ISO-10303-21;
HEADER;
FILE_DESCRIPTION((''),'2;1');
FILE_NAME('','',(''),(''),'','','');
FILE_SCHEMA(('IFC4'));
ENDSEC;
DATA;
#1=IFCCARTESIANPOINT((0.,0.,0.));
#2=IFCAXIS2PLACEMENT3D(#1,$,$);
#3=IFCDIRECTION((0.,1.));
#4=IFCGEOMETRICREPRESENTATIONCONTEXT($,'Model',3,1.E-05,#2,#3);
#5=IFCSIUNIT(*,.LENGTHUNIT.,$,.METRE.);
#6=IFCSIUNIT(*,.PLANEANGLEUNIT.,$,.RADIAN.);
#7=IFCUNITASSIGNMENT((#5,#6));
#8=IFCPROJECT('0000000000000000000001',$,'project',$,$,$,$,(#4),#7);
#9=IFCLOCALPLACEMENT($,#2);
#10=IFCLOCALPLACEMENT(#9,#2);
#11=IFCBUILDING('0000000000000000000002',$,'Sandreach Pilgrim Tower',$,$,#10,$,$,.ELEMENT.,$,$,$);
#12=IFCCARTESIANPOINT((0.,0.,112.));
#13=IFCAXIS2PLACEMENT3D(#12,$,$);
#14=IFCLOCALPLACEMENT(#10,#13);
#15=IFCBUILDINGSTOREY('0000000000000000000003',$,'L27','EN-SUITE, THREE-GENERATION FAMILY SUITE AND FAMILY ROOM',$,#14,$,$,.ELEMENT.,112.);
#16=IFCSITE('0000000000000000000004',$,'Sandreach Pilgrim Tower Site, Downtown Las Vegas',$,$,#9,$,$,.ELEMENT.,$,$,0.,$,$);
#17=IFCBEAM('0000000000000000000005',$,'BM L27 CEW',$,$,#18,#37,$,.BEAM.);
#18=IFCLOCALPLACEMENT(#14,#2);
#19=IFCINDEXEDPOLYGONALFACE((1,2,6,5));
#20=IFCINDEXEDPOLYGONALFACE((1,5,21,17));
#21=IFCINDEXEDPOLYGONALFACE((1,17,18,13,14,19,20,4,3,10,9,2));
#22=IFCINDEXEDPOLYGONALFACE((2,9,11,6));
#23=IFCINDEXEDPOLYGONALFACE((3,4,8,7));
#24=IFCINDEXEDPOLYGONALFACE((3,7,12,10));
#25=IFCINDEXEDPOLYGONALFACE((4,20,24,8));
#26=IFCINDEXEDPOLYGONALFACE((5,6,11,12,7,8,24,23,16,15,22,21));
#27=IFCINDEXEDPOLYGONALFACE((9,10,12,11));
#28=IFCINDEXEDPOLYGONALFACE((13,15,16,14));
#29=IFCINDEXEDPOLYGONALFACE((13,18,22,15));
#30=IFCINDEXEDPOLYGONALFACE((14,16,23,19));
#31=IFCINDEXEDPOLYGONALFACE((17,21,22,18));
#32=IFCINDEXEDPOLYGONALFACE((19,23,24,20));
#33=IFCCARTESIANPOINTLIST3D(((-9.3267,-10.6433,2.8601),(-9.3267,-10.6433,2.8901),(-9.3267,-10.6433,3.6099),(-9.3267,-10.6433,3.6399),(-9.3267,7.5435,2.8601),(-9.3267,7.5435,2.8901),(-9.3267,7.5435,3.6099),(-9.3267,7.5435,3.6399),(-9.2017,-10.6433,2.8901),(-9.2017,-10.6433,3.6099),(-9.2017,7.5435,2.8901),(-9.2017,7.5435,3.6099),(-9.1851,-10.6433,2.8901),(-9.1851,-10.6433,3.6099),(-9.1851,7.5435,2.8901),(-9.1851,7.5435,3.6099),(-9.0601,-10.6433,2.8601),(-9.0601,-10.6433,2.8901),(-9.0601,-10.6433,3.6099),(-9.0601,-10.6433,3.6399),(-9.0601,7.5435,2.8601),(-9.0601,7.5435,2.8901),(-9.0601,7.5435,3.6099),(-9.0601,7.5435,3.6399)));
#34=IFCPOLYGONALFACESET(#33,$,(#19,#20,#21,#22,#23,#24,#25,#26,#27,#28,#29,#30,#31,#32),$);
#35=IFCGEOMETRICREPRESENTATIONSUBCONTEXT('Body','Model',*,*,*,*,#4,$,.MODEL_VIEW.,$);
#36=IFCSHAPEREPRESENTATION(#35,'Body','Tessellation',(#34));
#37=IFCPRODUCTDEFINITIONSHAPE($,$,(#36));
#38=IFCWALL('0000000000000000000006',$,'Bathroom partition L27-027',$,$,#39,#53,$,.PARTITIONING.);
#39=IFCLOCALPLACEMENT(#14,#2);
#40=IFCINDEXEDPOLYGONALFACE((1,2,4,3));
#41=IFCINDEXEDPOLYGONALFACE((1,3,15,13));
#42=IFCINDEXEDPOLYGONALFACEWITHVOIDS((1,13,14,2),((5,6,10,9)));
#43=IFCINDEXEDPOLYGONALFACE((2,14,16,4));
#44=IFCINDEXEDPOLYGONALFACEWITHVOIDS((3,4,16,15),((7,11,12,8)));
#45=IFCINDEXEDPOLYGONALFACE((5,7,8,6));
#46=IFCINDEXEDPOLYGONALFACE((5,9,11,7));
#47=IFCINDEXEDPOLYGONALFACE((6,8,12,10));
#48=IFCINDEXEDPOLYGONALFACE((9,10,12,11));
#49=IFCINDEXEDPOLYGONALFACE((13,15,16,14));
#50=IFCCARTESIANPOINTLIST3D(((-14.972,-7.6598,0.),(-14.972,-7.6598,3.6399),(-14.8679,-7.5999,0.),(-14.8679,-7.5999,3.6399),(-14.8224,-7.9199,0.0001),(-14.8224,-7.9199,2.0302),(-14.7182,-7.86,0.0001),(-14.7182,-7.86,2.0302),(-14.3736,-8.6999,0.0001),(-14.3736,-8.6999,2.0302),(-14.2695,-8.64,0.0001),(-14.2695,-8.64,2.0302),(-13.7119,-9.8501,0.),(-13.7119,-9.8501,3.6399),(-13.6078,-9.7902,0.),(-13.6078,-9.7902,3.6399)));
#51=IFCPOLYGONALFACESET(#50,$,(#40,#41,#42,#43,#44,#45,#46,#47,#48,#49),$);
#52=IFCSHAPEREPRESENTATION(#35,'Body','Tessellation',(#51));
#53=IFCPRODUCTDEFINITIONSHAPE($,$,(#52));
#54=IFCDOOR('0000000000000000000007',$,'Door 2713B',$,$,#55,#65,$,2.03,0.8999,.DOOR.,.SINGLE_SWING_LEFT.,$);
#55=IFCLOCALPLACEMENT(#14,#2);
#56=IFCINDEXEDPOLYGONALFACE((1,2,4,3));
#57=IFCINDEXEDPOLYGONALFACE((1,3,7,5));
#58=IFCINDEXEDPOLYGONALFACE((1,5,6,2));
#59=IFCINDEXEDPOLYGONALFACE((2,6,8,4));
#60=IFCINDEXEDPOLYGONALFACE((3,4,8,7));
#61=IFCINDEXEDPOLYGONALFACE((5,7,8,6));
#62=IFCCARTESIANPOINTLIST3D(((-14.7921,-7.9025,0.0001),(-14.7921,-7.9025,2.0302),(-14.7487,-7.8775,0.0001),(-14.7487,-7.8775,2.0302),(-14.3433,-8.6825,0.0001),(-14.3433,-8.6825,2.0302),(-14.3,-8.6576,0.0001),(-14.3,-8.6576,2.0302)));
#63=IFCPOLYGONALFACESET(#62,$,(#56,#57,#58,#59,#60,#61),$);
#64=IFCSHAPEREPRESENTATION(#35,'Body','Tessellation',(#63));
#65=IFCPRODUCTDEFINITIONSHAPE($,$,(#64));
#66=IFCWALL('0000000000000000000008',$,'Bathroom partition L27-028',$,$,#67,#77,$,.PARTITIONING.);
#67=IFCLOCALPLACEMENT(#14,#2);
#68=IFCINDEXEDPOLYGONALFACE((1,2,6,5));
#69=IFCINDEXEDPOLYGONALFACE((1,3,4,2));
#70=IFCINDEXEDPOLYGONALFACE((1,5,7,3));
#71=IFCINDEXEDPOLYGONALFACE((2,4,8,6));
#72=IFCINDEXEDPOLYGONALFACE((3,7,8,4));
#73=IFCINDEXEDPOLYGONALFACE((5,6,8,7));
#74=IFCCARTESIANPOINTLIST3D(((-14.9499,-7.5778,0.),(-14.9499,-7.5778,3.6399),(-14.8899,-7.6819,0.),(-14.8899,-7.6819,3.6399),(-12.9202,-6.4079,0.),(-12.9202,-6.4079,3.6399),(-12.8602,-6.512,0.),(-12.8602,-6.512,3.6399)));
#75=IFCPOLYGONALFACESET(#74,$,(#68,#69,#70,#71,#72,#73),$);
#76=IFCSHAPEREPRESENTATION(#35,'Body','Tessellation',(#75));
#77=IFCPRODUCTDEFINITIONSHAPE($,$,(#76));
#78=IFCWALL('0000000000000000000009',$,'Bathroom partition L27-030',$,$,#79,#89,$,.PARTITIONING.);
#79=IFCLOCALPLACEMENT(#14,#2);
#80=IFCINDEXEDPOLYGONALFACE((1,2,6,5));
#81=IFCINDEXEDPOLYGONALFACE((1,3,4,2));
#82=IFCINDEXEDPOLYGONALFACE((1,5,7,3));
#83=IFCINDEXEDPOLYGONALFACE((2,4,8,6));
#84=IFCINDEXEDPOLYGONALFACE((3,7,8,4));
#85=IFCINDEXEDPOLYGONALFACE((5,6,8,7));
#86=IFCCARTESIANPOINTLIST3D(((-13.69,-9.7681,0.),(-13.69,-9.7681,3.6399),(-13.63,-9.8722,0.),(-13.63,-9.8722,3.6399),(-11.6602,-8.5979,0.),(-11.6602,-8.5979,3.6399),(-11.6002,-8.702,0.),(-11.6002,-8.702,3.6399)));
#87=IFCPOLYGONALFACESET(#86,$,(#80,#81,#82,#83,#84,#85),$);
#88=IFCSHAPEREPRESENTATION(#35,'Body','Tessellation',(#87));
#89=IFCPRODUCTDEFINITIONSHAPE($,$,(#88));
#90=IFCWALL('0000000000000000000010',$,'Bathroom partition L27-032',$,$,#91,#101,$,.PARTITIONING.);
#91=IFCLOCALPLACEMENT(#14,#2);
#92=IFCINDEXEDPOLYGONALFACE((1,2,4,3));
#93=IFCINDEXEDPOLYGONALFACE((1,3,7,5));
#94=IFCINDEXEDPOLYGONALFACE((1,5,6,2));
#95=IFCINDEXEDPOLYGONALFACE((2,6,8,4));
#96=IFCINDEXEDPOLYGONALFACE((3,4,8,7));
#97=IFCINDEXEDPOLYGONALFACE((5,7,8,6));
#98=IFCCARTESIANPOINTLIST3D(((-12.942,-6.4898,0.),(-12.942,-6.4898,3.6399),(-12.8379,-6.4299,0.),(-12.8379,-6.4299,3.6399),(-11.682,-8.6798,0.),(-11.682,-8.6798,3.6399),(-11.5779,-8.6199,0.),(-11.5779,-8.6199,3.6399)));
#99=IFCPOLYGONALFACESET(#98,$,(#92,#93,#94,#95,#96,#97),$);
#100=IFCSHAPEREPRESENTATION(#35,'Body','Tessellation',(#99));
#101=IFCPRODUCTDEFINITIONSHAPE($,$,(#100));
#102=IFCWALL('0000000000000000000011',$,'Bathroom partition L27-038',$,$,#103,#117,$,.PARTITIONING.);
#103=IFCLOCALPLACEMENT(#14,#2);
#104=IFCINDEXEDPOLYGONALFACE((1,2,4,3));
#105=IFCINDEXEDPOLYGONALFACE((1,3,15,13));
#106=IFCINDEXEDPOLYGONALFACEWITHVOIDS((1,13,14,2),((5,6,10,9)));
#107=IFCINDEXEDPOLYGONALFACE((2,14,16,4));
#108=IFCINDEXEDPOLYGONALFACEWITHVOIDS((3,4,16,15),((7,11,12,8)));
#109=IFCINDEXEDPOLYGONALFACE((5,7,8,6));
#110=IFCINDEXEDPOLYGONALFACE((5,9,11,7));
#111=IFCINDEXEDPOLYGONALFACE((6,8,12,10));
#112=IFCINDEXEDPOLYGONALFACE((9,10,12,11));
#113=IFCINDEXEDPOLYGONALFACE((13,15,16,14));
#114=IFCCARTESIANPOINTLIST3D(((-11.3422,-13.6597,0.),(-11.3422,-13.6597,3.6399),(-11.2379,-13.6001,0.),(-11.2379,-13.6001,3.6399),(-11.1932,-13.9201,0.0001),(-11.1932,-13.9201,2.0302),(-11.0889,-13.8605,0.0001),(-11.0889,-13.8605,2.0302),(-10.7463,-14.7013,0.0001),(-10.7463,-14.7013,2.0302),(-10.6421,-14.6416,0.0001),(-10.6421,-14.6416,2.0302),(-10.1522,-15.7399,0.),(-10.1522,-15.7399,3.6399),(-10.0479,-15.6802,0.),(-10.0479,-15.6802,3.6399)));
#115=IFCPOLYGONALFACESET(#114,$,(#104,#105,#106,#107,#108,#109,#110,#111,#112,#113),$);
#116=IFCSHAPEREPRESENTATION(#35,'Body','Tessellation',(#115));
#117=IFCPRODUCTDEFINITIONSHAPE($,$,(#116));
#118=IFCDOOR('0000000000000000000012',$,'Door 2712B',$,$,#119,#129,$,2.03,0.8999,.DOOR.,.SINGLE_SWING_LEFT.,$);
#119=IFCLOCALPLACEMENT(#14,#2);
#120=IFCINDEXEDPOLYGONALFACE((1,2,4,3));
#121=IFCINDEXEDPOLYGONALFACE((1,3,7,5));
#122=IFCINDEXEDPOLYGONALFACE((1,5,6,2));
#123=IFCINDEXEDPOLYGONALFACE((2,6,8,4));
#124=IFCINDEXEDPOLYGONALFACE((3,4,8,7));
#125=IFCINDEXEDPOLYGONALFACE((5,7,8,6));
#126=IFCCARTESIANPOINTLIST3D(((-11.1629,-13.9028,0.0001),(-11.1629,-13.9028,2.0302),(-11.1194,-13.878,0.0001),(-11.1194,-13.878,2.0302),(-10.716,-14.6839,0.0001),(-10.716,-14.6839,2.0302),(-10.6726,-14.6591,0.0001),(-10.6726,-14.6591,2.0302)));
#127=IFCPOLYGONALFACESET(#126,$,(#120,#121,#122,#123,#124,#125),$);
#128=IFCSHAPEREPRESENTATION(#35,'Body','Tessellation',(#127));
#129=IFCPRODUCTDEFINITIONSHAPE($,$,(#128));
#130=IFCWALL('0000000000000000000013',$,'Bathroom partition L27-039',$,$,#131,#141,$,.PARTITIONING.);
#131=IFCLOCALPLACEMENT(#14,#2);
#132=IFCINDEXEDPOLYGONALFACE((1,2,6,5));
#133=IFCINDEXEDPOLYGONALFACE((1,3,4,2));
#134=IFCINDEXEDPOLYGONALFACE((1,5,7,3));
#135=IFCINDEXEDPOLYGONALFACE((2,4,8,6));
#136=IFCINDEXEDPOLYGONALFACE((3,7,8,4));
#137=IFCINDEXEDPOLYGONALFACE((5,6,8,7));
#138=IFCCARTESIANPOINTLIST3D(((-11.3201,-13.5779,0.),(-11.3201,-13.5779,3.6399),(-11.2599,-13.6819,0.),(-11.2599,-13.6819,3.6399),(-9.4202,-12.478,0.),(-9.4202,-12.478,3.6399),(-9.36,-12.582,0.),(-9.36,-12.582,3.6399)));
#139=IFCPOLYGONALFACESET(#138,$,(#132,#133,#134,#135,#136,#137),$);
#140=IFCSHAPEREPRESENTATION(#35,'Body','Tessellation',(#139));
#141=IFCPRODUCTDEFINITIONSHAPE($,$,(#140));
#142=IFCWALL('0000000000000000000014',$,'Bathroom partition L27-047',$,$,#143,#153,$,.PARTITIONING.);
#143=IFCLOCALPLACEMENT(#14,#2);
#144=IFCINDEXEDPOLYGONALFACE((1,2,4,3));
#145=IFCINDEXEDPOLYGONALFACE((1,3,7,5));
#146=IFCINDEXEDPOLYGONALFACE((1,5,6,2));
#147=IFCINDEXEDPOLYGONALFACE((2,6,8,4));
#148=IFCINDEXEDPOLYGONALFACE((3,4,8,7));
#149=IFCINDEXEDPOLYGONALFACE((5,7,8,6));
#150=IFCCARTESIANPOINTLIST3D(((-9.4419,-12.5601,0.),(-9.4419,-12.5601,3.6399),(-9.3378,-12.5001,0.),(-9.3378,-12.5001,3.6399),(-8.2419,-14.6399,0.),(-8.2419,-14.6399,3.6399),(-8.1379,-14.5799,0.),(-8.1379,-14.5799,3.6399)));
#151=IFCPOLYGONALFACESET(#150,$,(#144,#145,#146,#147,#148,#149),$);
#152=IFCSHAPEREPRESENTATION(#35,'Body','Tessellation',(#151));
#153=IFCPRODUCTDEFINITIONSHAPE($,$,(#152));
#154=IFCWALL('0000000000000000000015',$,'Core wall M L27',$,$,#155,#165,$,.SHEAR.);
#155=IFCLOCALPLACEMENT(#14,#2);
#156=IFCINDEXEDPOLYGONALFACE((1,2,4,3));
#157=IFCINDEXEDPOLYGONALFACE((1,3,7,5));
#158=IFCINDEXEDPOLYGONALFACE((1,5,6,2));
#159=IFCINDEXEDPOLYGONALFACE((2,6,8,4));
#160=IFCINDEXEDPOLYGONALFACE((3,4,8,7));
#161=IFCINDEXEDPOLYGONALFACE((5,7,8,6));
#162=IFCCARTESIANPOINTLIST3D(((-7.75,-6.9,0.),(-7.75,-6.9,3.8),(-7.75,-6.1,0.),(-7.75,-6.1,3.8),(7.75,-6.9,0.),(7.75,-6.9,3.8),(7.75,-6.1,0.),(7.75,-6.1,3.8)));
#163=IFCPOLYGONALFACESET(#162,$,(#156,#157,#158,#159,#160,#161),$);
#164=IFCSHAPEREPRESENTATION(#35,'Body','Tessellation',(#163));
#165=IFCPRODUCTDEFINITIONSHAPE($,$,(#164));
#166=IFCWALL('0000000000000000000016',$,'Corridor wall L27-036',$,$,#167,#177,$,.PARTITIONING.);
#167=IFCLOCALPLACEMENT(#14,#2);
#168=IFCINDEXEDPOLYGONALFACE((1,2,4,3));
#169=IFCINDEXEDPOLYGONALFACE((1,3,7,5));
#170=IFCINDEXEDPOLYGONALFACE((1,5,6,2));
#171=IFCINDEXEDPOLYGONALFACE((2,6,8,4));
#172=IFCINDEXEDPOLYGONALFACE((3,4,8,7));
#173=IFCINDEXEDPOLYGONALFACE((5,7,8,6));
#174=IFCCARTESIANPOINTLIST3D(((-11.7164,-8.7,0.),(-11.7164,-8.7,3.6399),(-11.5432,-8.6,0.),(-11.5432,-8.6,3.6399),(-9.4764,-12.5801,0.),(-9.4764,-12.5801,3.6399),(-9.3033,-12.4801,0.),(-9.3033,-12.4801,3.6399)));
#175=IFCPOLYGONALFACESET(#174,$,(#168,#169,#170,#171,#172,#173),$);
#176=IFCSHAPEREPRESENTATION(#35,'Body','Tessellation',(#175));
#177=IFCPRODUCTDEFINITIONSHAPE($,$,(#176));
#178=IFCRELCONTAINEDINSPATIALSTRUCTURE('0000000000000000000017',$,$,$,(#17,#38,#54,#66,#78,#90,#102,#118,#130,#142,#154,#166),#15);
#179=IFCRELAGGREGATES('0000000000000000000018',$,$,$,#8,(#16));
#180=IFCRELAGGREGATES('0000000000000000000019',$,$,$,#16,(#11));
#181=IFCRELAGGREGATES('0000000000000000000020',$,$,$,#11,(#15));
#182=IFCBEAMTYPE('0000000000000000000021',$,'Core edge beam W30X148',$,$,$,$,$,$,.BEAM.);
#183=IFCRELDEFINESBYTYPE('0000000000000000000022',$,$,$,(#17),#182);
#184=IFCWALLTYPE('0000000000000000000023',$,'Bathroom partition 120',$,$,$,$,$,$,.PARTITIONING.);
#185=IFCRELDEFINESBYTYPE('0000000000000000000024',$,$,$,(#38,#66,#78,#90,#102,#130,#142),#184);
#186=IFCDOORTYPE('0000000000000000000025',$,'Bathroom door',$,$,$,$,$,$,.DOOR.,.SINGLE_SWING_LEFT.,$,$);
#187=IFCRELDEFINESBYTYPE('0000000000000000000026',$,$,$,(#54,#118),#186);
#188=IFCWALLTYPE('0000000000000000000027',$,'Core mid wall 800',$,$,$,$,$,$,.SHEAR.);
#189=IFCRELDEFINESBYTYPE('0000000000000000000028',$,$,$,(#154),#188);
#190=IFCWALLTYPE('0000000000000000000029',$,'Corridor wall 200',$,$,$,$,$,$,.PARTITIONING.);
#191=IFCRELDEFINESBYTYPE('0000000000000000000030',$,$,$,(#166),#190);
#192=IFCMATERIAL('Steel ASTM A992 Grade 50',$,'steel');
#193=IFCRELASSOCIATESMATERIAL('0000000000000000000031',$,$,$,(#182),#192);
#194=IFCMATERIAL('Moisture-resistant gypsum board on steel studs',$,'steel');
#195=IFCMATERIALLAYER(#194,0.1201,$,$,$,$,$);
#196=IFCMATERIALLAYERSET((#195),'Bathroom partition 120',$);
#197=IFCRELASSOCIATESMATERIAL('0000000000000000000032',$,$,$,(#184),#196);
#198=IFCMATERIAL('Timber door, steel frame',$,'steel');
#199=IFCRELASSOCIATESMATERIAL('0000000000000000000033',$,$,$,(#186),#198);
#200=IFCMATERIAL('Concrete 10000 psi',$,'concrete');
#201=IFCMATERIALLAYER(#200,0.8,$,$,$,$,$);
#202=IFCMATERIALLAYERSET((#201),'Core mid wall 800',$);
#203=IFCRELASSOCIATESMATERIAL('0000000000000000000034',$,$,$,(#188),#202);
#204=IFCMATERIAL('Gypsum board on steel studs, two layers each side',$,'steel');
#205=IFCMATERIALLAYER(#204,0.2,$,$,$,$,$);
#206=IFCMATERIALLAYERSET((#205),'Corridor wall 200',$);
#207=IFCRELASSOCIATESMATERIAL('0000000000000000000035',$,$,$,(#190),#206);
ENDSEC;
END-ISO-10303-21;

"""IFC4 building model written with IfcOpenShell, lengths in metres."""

from ifc_helpers import new_model, si_unit, direction, frame, frame_2d, origin, origin_2d, place, context, subcontext, project, spatial, rectangle, i_section, extrude, material, layer, layer_set, material_profile, profile_set, type_object, element, fill, save


model = new_model("IFC4")

# Units and contexts
model_context = context("Model", 3, precision=1e-05, world=origin(), true_north=direction((0.0, 1.0)))
body_context = subcontext(model_context, "Body", "Model", "MODEL_VIEW")
ifc_project = project(units=[si_unit("LENGTHUNIT", "METRE"), si_unit("PLANEANGLEUNIT", "RADIAN")], contexts=[model_context])

# Site, building, storey
site_placement = place(None, origin())
site = spatial("IfcSite", under=ifc_project, at=site_placement, Name="Sandreach Pilgrim Tower Site, Downtown Las Vegas", CompositionType="ELEMENT", RefElevation=0.0)
building_placement = place(site_placement, origin())
building = spatial("IfcBuilding", under=site, at=building_placement, Name="Sandreach Pilgrim Tower", CompositionType="ELEMENT")
storey_placement = place(building_placement, frame((0.0, 0.0, 112.0)))
storey = spatial("IfcBuildingStorey", under=building, at=storey_placement, Name="L27", Description="EN-SUITE, THREE-GENERATION FAMILY SUITE AND FAMILY ROOM", CompositionType="ELEMENT", Elevation=112.0)

# Beam
ifc_material_1 = material(Name="Steel ASTM A992 Grade 50", Category="steel")
ifc_material_profile = material_profile(ifc_material_1, i_section(OverallWidth=0.2666, OverallDepth=0.7798, WebThickness=0.0166, FlangeThickness=0.03, at=origin_2d()), Name="W30X148")
ifc_profile_set = profile_set([ifc_material_profile], Name="Steel ASTM A992 Grade 50")
beam_type = type_object("IfcBeamType", Name="Core edge beam W30X148", PredefinedType="BEAM", material=ifc_profile_set)
beam_placement = place(storey_placement, frame((-9.1934, -10.6433, 3.25), z_axis=(0.0, 1.0, 0.0), x_axis=(-1.0, 0.0, 0.0)))
element("IfcBeam", 1, at=beam_placement, inside=storey, type_object=beam_type, Name="BM L27 CEW", PredefinedType="BEAM", context=body_context, shape_type="SweptSolid", body=[
    extrude(i_section(OverallWidth=0.2666, OverallDepth=0.7798, WebThickness=0.0166, FlangeThickness=0.03, at=origin_2d()), origin(), (0.0, 0.0, 1.0), 18.1868),
])

# Wall, opening, door
ifc_material_2 = material(Name="Moisture-resistant gypsum board on steel studs", Category="steel")
ifc_layer_1 = layer(ifc_material_2, 0.1201)
ifc_layer_set_1 = layer_set([ifc_layer_1], Name="Bathroom partition 120")
wall_type_1 = type_object("IfcWallType", Name="Bathroom partition 120", PredefinedType="PARTITIONING", material=ifc_layer_set_1)
wall_1_placement = place(storey_placement, frame((-14.9199, -7.6299, 0.0), z_axis=(0.0, 0.0, 1.0), x_axis=(0.498665, -0.866795, 0.0)))
wall_1 = element("IfcWall", 2, at=wall_1_placement, inside=storey, type_object=wall_type_1, Name="Bathroom partition L27-027", PredefinedType="PARTITIONING", context=body_context, shape_type="SweptSolid", body=[
    extrude(rectangle(XDim=2.5269, YDim=0.1201, at=frame_2d((1.2634, 0.0))), origin(), (0.0, 0.0, 1.0), 3.6399),
])
opening_1_placement = place(wall_1_placement, frame((0.3, 0.0, 0.0)))
opening_1 = element("IfcOpeningElement", 3, at=opening_1_placement, cuts=wall_1, PredefinedType="OPENING", context=body_context, shape_type="SweptSolid", body=[
    extrude(rectangle(XDim=0.8999, YDim=2.03, at=frame_2d((0.45, 1.0151))), frame((0.0, 0.0601, 0.0), z_axis=(0.0, -1.0, 0.0), x_axis=(1.0, 0.0, 0.0)), (0.0, 0.0, 1.0), 0.1201),
])
ifc_material_3 = material(Name="Timber door, steel frame", Category="steel")
door_type_1 = type_object("IfcDoorType", Name="Bathroom door", OperationType="SINGLE_SWING_LEFT", PredefinedType="DOOR", material=ifc_material_3)
door_1_placement = place(opening_1_placement, origin())
door_1 = element("IfcDoor", 4, at=door_1_placement, inside=storey, type_object=door_type_1, Name="Door 2713B", OperationType="SINGLE_SWING_LEFT", OverallHeight=2.03, OverallWidth=0.8999, PredefinedType="DOOR", context=body_context, shape_type="SweptSolid", body=[
    extrude(rectangle(XDim=0.8999, YDim=2.03, at=frame_2d((0.45, 1.0151))), frame((0.0, 0.0249, 0.0), z_axis=(0.0, -1.0, 0.0), x_axis=(1.0, 0.0, 0.0)), (0.0, 0.0, 1.0), 0.05),
])
fill(opening_1, door_1)

# Walls
wall_2_placement = place(storey_placement, frame((-14.9199, -7.6299, 0.0), z_axis=(0.0, 0.0, 1.0), x_axis=(0.86639, 0.499368, 0.0)))
element("IfcWall", 5, at=wall_2_placement, inside=storey, type_object=wall_type_1, Name="Bathroom partition L27-028", PredefinedType="PARTITIONING", context=body_context, shape_type="SweptSolid", body=[
    extrude(rectangle(XDim=2.3428, YDim=0.1201, at=frame_2d((1.1714, 0.0))), origin(), (0.0, 0.0, 1.0), 3.6399),
])
wall_3_placement = place(storey_placement, frame((-13.6599, -9.8201, 0.0), z_axis=(0.0, 0.0, 1.0), x_axis=(0.866345, 0.499446, 0.0)))
element("IfcWall", 6, at=wall_3_placement, inside=storey, type_object=wall_type_1, Name="Bathroom partition L27-030", PredefinedType="PARTITIONING", context=body_context, shape_type="SweptSolid", body=[
    extrude(rectangle(XDim=2.343, YDim=0.1201, at=frame_2d((1.1714, 0.0))), origin(), (0.0, 0.0, 1.0), 3.6399),
])
wall_4_placement = place(storey_placement, frame((-12.8899, -6.46, 0.0), z_axis=(0.0, 0.0, 1.0), x_axis=(0.498707, -0.866771, 0.0)))
element("IfcWall", 7, at=wall_4_placement, inside=storey, type_object=wall_type_1, Name="Bathroom partition L27-032", PredefinedType="PARTITIONING", context=body_context, shape_type="SweptSolid", body=[
    extrude(rectangle(XDim=2.5266, YDim=0.1201, at=frame_2d((1.2632, 0.0))), origin(), (0.0, 0.0, 1.0), 3.6399),
])

# Wall, opening, door
wall_5_placement = place(storey_placement, frame((-11.29, -13.6299, 0.0), z_axis=(0.0, 0.0, 1.0), x_axis=(0.496556, -0.868005, 0.0)))
wall_5 = element("IfcWall", 8, at=wall_5_placement, inside=storey, type_object=wall_type_1, Name="Bathroom partition L27-038", PredefinedType="PARTITIONING", context=body_context, shape_type="SweptSolid", body=[
    extrude(rectangle(XDim=2.3965, YDim=0.1201, at=frame_2d((1.1982, 0.0))), origin(), (0.0, 0.0, 1.0), 3.6399),
])
opening_2_placement = place(wall_5_placement, frame((0.3, 0.0, 0.0)))
opening_2 = element("IfcOpeningElement", 9, at=opening_2_placement, cuts=wall_5, PredefinedType="OPENING", context=body_context, shape_type="SweptSolid", body=[
    extrude(rectangle(XDim=0.8999, YDim=2.03, at=frame_2d((0.45, 1.0151))), frame((0.0, 0.0601, 0.0), z_axis=(0.0, -1.0, 0.0), x_axis=(1.0, 0.0, 0.0)), (0.0, 0.0, 1.0), 0.1201),
])
door_2_placement = place(opening_2_placement, origin())
door_2 = element("IfcDoor", 10, at=door_2_placement, inside=storey, type_object=door_type_1, Name="Door 2712B", OperationType="SINGLE_SWING_LEFT", OverallHeight=2.03, OverallWidth=0.8999, PredefinedType="DOOR", context=body_context, shape_type="SweptSolid", body=[
    extrude(rectangle(XDim=0.8999, YDim=2.03, at=frame_2d((0.45, 1.0151))), frame((0.0, 0.0249, 0.0), z_axis=(0.0, -1.0, 0.0), x_axis=(1.0, 0.0, 0.0)), (0.0, 0.0, 1.0), 0.05),
])
fill(opening_2, door_2)

# Walls
wall_6_placement = place(storey_placement, frame((-11.29, -13.6299, 0.0), z_axis=(0.0, 0.0, 1.0), x_axis=(0.865444, 0.501006, 0.0)))
element("IfcWall", 11, at=wall_6_placement, inside=storey, type_object=wall_type_1, Name="Bathroom partition L27-039", PredefinedType="PARTITIONING", context=body_context, shape_type="SweptSolid", body=[
    extrude(rectangle(XDim=2.1953, YDim=0.1201, at=frame_2d((1.0977, 0.0))), origin(), (0.0, 0.0, 1.0), 3.6399),
])
wall_7_placement = place(storey_placement, frame((-9.3899, -12.53, 0.0), z_axis=(0.0, 0.0, 1.0), x_axis=(0.499737, -0.866177, 0.0)))
element("IfcWall", 12, at=wall_7_placement, inside=storey, type_object=wall_type_1, Name="Bathroom partition L27-047", PredefinedType="PARTITIONING", context=body_context, shape_type="SweptSolid", body=[
    extrude(rectangle(XDim=2.4011, YDim=0.1201, at=frame_2d((1.2007, 0.0))), origin(), (0.0, 0.0, 1.0), 3.6399),
])
ifc_material_4 = material(Name="Concrete 10000 psi", Category="concrete")
ifc_layer_2 = layer(ifc_material_4, 0.8)
ifc_layer_set_2 = layer_set([ifc_layer_2], Name="Core mid wall 800")
wall_type_2 = type_object("IfcWallType", Name="Core mid wall 800", PredefinedType="SHEAR", material=ifc_layer_set_2)
wall_8_placement = place(storey_placement, frame((-7.75, -6.5, 0.0), z_axis=(0.0, 0.0, 1.0), x_axis=(1.0, 0.0, 0.0)))
element("IfcWall", 13, at=wall_8_placement, inside=storey, type_object=wall_type_2, Name="Core wall M L27", PredefinedType="SHEAR", context=body_context, shape_type="SweptSolid", body=[
    extrude(rectangle(XDim=15.5, YDim=0.8, at=frame_2d((7.75, 0.0))), origin(), (0.0, 0.0, 1.0), 3.8),
])

# Shared definitions
ifc_material_5 = material(Name="Gypsum board on steel studs, two layers each side", Category="steel")
ifc_layer_3 = layer(ifc_material_5, 0.2)
ifc_layer_set_3 = layer_set([ifc_layer_3], Name="Corridor wall 200")
wall_type_3 = type_object("IfcWallType", Name="Corridor wall 200", PredefinedType="PARTITIONING", material=ifc_layer_set_3)

# Wall
wall_9_placement = place(storey_placement, frame((-11.6299, -8.6499, 0.0), z_axis=(0.0, 0.0, 1.0), x_axis=(0.499966, -0.866045, 0.0)))
element("IfcWall", 14, at=wall_9_placement, inside=storey, type_object=wall_type_3, Name="Corridor wall L27-036", PredefinedType="PARTITIONING", context=body_context, shape_type="SweptSolid", body=[
    extrude(rectangle(XDim=4.4802, YDim=0.2, at=frame_2d((2.2402, 0.0))), origin(), (0.0, 0.0, 1.0), 3.6399),
])

save(model, "model.ifc")
